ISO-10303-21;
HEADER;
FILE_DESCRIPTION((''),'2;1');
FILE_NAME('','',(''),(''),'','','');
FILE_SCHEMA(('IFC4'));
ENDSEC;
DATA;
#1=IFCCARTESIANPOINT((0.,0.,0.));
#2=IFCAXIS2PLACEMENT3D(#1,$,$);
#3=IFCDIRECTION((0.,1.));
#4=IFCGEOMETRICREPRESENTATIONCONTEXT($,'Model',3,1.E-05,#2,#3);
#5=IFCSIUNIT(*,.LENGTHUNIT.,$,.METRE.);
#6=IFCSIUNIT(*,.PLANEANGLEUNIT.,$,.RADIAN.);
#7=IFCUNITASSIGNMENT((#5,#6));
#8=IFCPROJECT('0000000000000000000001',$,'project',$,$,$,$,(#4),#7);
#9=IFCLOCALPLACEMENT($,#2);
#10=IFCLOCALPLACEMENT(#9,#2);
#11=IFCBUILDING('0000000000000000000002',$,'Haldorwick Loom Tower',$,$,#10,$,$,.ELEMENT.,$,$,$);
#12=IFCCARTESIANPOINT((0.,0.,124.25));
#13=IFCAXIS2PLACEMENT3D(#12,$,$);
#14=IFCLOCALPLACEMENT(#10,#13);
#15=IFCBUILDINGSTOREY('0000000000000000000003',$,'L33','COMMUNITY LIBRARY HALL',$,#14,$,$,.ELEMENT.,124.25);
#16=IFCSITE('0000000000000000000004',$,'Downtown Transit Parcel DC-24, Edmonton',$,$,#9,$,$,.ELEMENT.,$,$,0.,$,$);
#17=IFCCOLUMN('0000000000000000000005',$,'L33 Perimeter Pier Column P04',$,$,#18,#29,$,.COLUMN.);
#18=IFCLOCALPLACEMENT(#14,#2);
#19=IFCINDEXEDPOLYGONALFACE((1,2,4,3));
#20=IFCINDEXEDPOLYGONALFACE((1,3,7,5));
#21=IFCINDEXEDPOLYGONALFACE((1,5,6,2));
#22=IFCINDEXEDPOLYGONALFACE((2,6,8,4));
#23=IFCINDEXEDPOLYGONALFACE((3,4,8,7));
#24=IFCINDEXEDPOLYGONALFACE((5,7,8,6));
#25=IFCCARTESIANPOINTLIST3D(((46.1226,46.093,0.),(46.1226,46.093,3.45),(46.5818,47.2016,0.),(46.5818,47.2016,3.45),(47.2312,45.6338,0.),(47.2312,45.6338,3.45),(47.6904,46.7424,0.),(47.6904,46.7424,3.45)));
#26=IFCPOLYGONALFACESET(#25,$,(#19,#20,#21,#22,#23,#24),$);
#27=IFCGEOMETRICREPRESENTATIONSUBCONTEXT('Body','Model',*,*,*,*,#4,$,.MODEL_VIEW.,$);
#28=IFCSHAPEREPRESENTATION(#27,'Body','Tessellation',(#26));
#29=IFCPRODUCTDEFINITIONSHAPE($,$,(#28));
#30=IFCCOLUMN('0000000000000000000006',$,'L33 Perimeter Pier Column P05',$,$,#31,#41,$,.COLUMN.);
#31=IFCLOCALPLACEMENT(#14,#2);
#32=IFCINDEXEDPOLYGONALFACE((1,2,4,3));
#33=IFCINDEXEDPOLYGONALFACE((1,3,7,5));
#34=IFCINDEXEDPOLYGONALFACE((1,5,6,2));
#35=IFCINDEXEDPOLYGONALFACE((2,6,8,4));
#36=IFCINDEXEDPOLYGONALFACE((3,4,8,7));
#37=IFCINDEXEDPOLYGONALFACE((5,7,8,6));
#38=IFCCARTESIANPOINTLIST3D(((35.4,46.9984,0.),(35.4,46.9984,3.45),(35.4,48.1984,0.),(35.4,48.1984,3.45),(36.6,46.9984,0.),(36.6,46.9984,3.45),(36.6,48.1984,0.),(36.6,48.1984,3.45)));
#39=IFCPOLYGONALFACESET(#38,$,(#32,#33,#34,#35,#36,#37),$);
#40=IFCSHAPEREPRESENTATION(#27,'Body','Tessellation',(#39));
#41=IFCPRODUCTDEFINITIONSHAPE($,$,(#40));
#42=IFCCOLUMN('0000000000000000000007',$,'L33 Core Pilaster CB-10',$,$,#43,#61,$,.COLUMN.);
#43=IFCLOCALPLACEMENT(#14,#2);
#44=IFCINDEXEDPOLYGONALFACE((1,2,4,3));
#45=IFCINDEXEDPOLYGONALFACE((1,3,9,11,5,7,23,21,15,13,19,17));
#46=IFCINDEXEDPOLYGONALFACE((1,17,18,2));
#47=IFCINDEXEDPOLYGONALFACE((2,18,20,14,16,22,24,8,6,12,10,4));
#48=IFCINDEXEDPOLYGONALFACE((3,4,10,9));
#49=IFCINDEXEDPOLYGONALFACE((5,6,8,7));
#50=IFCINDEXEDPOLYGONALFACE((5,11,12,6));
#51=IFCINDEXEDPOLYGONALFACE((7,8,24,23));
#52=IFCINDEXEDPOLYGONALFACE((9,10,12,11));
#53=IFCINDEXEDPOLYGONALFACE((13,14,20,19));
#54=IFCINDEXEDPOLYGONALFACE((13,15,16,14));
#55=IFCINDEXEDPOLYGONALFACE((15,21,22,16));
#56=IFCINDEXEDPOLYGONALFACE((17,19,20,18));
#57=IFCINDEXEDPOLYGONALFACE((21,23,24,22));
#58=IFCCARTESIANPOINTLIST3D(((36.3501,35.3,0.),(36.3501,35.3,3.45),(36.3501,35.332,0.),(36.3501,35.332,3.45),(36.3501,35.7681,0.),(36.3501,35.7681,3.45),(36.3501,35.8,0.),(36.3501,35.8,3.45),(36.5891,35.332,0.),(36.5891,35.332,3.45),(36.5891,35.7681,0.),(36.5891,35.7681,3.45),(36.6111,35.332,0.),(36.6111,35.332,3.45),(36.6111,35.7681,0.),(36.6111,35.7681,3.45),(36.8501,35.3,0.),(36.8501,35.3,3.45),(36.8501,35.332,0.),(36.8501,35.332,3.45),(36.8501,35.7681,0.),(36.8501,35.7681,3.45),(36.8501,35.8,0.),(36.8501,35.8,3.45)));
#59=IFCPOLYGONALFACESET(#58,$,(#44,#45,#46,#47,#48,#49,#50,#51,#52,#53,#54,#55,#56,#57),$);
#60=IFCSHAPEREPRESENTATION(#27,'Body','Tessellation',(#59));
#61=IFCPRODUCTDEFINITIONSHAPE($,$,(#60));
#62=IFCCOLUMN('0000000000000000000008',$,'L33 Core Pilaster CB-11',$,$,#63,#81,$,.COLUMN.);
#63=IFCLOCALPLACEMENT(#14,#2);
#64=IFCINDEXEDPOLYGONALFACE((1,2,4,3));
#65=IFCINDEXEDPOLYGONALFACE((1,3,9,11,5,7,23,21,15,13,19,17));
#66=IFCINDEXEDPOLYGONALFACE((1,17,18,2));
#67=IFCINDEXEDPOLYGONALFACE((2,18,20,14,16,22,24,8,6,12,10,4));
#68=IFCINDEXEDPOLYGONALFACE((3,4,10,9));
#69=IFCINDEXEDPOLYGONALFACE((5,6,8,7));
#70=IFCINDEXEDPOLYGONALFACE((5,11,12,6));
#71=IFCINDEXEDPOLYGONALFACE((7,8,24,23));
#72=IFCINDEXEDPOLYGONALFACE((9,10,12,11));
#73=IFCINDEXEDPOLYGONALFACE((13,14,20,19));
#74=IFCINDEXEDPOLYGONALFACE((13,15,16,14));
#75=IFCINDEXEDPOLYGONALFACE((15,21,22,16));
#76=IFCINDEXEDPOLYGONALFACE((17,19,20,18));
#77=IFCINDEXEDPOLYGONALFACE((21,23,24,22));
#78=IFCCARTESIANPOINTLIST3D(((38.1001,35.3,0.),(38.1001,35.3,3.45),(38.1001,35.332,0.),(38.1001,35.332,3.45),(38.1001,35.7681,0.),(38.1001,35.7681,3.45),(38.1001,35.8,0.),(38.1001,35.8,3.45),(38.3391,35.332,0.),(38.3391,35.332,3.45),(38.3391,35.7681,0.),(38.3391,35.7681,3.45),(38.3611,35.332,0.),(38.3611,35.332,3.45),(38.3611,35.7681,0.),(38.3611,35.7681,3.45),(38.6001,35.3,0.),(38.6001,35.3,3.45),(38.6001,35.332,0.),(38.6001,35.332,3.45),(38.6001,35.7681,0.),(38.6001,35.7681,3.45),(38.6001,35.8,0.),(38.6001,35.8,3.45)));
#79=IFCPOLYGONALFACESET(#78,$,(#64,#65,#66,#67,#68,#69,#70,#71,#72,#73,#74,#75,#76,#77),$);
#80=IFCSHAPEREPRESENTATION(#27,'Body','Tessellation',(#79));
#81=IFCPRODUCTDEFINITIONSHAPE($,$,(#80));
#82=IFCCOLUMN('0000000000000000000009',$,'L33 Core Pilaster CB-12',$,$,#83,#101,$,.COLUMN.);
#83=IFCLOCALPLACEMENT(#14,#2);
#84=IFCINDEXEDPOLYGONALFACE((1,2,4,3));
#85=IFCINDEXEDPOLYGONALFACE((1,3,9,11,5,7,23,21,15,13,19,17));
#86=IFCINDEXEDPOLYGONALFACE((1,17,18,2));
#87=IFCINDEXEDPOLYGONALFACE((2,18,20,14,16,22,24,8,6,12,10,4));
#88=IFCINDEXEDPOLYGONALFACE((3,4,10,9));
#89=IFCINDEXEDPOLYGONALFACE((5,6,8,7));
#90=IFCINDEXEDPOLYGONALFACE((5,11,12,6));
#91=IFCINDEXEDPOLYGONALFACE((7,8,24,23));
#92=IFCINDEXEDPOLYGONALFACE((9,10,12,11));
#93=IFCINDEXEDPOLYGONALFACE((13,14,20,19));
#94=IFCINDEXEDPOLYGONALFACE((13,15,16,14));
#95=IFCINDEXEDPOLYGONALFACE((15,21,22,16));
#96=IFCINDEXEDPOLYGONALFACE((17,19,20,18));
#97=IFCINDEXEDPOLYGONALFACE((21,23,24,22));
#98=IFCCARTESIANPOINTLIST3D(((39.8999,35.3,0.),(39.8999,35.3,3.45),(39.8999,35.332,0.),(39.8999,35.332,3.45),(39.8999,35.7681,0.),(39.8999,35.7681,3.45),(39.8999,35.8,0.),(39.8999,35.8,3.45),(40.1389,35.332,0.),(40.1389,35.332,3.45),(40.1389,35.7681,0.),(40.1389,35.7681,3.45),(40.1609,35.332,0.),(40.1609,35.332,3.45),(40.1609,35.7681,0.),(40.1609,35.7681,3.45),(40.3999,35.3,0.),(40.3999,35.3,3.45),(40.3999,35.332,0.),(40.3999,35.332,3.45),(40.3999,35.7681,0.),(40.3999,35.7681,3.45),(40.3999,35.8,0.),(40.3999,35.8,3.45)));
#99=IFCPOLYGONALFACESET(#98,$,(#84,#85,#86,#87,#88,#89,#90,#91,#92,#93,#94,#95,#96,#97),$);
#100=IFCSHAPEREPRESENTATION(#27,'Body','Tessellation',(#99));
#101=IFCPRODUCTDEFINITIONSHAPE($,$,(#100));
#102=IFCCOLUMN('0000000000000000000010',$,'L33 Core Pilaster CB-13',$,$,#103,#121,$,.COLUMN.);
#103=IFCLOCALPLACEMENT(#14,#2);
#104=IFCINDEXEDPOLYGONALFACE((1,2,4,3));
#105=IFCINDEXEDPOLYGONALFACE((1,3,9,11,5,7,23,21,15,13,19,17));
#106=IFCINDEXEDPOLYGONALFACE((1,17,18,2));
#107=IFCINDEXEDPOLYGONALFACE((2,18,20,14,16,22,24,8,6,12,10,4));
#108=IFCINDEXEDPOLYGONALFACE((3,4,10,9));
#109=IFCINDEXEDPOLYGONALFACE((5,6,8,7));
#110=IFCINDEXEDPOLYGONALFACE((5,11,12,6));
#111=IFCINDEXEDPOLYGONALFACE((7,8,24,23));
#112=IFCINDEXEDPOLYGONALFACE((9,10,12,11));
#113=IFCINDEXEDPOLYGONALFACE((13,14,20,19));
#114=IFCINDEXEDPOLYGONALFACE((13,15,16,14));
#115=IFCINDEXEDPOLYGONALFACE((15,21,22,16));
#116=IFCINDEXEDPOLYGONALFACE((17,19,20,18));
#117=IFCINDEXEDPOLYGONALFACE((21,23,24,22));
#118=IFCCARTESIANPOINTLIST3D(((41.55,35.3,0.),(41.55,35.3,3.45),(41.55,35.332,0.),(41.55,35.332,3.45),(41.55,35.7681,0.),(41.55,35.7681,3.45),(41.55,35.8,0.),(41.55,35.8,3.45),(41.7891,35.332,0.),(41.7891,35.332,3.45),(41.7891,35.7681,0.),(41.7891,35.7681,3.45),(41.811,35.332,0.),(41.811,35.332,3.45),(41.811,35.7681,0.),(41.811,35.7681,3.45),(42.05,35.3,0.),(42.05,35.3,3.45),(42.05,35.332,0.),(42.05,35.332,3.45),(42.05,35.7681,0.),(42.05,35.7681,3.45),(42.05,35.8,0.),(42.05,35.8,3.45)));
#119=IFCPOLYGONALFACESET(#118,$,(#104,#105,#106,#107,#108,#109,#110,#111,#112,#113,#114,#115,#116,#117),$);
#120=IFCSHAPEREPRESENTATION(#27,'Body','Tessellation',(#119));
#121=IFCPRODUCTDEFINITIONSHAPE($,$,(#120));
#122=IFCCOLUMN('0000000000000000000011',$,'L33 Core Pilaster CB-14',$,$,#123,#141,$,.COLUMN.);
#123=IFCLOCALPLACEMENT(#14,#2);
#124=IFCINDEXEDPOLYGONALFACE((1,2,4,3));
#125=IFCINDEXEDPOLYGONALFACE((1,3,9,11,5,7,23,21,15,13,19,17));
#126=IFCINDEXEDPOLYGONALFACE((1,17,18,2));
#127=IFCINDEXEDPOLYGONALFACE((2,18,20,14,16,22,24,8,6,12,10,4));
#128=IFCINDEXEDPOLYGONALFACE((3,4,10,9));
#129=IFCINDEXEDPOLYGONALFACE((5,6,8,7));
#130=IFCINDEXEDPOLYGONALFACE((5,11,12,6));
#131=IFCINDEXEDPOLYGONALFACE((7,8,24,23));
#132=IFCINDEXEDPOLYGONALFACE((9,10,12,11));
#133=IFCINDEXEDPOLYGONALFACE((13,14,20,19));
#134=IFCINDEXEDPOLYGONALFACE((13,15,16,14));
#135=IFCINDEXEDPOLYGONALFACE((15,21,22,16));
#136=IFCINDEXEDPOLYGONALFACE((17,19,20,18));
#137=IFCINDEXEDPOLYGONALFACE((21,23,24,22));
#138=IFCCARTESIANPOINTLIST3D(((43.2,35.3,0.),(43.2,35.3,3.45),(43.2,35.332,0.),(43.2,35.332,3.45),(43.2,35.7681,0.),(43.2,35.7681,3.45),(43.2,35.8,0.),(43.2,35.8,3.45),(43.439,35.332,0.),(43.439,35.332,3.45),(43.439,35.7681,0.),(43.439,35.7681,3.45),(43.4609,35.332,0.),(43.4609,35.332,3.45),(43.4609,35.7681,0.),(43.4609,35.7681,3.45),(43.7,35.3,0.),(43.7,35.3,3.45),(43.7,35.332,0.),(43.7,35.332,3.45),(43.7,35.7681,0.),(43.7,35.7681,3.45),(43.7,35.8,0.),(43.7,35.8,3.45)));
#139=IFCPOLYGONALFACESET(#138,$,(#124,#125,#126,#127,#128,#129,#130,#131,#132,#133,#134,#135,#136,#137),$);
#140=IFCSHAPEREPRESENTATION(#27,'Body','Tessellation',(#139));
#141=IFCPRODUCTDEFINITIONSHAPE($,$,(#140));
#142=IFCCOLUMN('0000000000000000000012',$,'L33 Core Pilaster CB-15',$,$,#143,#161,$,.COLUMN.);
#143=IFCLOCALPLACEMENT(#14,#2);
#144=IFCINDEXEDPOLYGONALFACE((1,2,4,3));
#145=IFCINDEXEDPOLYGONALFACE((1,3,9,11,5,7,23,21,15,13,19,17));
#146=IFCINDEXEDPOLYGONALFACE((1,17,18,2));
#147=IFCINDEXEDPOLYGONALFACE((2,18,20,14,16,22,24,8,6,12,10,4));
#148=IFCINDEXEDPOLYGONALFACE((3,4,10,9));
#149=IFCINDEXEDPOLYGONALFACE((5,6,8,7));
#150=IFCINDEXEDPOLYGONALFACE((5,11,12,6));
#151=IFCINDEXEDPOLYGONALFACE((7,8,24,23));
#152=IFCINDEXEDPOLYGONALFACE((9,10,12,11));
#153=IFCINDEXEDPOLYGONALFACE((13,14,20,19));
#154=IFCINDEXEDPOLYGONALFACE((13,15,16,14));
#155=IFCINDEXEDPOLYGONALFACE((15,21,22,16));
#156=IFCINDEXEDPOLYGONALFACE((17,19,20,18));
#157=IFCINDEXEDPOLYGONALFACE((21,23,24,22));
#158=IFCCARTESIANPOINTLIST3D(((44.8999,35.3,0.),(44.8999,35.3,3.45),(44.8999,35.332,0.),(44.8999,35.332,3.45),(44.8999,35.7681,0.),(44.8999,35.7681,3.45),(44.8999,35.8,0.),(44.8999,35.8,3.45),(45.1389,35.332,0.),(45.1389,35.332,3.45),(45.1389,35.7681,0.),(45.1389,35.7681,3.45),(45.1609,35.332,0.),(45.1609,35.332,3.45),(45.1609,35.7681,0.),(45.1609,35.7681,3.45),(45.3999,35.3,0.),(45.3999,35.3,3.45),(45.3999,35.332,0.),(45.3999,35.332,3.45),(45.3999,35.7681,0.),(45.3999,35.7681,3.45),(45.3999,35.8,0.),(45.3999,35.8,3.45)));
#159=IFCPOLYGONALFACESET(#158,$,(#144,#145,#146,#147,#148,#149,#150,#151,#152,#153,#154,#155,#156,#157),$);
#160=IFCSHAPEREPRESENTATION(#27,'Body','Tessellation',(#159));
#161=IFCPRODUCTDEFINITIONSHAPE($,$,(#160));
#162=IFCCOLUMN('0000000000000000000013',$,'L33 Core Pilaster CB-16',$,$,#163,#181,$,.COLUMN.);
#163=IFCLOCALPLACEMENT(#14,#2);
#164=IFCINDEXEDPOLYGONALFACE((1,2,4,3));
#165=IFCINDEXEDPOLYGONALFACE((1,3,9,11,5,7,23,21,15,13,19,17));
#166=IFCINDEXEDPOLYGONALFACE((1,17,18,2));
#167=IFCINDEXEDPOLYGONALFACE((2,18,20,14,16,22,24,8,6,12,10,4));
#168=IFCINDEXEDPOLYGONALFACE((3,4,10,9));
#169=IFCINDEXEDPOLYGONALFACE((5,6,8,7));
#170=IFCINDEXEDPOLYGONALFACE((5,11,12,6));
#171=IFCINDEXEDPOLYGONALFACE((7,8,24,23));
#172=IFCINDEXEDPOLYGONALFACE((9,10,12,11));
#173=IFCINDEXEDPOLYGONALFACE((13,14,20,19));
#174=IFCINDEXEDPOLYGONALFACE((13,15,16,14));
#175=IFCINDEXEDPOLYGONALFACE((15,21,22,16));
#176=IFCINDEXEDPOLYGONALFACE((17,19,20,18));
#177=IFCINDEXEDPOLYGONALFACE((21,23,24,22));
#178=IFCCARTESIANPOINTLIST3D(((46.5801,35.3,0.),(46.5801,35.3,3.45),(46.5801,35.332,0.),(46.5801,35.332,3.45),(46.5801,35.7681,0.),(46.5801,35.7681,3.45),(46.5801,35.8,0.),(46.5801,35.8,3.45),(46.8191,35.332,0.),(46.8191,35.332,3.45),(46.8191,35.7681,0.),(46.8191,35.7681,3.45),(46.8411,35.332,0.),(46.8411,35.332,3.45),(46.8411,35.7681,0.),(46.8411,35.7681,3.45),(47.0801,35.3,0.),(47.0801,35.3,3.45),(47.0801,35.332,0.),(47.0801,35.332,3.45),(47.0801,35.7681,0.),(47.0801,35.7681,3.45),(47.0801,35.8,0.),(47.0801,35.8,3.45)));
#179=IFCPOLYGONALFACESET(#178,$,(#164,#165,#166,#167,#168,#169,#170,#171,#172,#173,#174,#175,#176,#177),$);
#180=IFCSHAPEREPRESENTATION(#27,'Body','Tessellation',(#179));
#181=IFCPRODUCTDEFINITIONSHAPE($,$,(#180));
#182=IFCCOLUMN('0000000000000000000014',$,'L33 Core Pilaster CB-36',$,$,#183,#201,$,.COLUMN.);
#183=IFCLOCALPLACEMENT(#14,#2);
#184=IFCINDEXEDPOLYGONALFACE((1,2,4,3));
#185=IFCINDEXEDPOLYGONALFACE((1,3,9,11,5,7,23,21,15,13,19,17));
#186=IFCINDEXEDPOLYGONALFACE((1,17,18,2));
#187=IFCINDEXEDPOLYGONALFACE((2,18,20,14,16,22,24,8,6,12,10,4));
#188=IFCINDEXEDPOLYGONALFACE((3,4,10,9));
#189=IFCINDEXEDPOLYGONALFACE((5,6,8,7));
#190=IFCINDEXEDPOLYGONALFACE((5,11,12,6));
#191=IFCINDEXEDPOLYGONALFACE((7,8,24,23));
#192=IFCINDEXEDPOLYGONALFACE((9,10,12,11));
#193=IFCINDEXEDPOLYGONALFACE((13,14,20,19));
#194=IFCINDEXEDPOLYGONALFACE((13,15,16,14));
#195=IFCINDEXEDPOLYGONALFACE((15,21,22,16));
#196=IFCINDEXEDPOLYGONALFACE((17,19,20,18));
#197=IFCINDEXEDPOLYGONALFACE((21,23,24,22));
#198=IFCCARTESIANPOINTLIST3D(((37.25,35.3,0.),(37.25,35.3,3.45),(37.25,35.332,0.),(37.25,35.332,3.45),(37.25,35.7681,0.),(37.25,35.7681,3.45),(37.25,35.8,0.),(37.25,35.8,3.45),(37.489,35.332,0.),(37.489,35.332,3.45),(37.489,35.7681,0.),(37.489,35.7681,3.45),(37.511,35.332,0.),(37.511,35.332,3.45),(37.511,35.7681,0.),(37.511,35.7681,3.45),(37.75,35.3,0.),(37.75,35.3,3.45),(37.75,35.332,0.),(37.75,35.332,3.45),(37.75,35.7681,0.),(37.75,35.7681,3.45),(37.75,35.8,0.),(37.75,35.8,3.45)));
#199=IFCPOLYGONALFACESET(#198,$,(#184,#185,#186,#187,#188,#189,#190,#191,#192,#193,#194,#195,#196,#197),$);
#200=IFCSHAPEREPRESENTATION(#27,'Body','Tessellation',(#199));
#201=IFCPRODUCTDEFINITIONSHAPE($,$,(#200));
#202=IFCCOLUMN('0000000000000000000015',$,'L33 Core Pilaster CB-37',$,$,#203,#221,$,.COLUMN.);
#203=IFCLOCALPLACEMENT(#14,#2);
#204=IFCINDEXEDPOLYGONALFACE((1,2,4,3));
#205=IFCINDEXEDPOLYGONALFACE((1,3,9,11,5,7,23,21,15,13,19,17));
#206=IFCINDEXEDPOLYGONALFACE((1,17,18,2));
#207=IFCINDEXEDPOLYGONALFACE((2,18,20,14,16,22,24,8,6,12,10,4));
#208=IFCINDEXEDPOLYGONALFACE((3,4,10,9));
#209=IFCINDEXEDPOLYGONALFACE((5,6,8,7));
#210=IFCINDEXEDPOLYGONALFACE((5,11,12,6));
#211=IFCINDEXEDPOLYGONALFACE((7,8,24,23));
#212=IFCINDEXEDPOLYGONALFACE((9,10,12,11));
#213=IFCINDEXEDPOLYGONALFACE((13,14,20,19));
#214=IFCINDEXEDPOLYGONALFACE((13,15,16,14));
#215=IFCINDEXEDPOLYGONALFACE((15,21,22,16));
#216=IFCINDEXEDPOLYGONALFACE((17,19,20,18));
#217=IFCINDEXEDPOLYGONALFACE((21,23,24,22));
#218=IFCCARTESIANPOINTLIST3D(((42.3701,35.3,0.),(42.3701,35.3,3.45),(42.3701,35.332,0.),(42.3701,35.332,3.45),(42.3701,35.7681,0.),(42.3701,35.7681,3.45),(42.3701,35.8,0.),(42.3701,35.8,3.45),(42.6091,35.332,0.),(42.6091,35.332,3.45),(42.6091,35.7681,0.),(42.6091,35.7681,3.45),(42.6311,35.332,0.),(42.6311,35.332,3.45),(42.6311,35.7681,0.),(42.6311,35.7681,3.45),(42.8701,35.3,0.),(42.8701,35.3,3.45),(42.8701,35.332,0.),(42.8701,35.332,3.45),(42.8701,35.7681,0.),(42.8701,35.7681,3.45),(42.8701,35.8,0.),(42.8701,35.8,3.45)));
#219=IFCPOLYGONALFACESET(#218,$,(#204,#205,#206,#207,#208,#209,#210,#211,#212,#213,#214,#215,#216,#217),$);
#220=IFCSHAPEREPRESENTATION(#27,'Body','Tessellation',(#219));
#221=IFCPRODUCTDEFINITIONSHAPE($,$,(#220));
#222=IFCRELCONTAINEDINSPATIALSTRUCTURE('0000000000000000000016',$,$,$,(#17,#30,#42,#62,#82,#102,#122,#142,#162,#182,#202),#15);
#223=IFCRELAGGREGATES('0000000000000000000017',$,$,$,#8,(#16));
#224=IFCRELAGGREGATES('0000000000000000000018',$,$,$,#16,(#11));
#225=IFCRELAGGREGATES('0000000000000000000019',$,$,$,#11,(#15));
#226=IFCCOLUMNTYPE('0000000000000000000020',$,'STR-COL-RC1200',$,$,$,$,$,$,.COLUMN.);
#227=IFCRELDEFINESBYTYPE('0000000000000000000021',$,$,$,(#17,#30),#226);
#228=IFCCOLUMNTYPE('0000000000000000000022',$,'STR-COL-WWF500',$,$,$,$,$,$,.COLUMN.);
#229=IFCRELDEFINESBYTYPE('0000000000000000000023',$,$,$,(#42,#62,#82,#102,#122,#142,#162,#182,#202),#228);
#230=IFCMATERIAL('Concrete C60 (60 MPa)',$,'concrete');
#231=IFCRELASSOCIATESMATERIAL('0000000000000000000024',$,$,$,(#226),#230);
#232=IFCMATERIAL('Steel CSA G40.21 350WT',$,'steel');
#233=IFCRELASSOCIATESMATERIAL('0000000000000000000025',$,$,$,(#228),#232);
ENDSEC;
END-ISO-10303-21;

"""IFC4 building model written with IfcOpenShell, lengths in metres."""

from ifc_helpers import new_model, si_unit, direction, frame, origin, origin_2d, place, context, subcontext, project, spatial, rectangle, i_section, extrude, material, material_profile, profile_set, type_object, element, save


model = new_model("IFC4")

# Units and contexts
model_context = context("Model", 3, precision=1e-05, world=origin(), true_north=direction((0.0, 1.0)))
body_context = subcontext(model_context, "Body", "Model", "MODEL_VIEW")
ifc_project = project(units=[si_unit("LENGTHUNIT", "METRE"), si_unit("PLANEANGLEUNIT", "RADIAN")], contexts=[model_context])

# Site, building, storey
site_placement = place(None, origin())
site = spatial("IfcSite", under=ifc_project, at=site_placement, Name="Downtown Transit Parcel DC-24, Edmonton", CompositionType="ELEMENT", RefElevation=0.0)
building_placement = place(site_placement, origin())
building = spatial("IfcBuilding", under=site, at=building_placement, Name="Haldorwick Loom Tower", CompositionType="ELEMENT")
storey_placement = place(building_placement, frame((0.0, 0.0, 124.25)))
storey = spatial("IfcBuildingStorey", under=building, at=storey_placement, Name="L33", Description="COMMUNITY LIBRARY HALL", CompositionType="ELEMENT", Elevation=124.25)

# Columns
ifc_material_1 = material(Name="Concrete C60 (60 MPa)", Category="concrete")
ifc_material_profile_1 = material_profile(ifc_material_1, rectangle(XDim=1.2, YDim=1.2, at=origin_2d()), Name="RC1200X1200", Category="concrete")
ifc_profile_set_1 = profile_set([ifc_material_profile_1], Name="Concrete C60 (60 MPa)")
column_type_1 = type_object("IfcColumnType", Name="STR-COL-RC1200", PredefinedType="COLUMN", material=ifc_profile_set_1)
for number, where, z_axis, x_axis, name in (
    (1, (46.9065, 46.4177, 0.0), (0.0, 0.0, 1.0), (0.382683, 0.92388, 0.0), "L33 Perimeter Pier Column P04"),
    (2, (36.0, 47.5984, 0.0), (0.0, 0.0, 1.0), (0.0, 1.0, 0.0), "L33 Perimeter Pier Column P05"),
):
    element("IfcColumn", number, at=place(storey_placement, frame(where, z_axis=z_axis, x_axis=x_axis)), inside=storey, type_object=column_type_1, Name=name, PredefinedType="COLUMN", context=body_context, shape_type="SweptSolid", body=[
        extrude(rectangle(XDim=1.2, YDim=1.2, at=origin_2d()), origin(), (0.0, 0.0, 1.0), 3.45),
    ])
ifc_material_2 = material(Name="Steel CSA G40.21 350WT", Category="steel")
ifc_material_profile_2 = material_profile(ifc_material_2, i_section(OverallWidth=0.5, OverallDepth=0.5, WebThickness=0.022, FlangeThickness=0.032, at=origin_2d()), Name="WWF500X500", Category="steel")
ifc_profile_set_2 = profile_set([ifc_material_profile_2], Name="Steel CSA G40.21 350WT")
column_type_2 = type_object("IfcColumnType", Name="STR-COL-WWF500", PredefinedType="COLUMN", material=ifc_profile_set_2)
for number, where, z_axis, x_axis, name in (
    (3, (36.6001, 35.55, 0.0), (0.0, 0.0, 1.0), (1.0, 0.0, 0.0), "L33 Core Pilaster CB-10"),
    (4, (38.3501, 35.55, 0.0), (0.0, 0.0, 1.0), (1.0, 0.0, 0.0), "L33 Core Pilaster CB-11"),
    (5, (40.1499, 35.55, 0.0), (0.0, 0.0, 1.0), (1.0, 0.0, 0.0), "L33 Core Pilaster CB-12"),
    (6, (41.8, 35.55, 0.0), (0.0, 0.0, 1.0), (1.0, 0.0, 0.0), "L33 Core Pilaster CB-13"),
    (7, (43.45, 35.55, 0.0), (0.0, 0.0, 1.0), (1.0, 0.0, 0.0), "L33 Core Pilaster CB-14"),
    (8, (45.1499, 35.55, 0.0), (0.0, 0.0, 1.0), (1.0, 0.0, 0.0), "L33 Core Pilaster CB-15"),
    (9, (46.8301, 35.55, 0.0), (0.0, 0.0, 1.0), (1.0, 0.0, 0.0), "L33 Core Pilaster CB-16"),
    (10, (37.5, 35.55, 0.0), (0.0, 0.0, 1.0), (1.0, 0.0, 0.0), "L33 Core Pilaster CB-36"),
    (11, (42.6201, 35.55, 0.0), (0.0, 0.0, 1.0), (1.0, 0.0, 0.0), "L33 Core Pilaster CB-37"),
):
    element("IfcColumn", number, at=place(storey_placement, frame(where, z_axis=z_axis, x_axis=x_axis)), inside=storey, type_object=column_type_2, Name=name, PredefinedType="COLUMN", context=body_context, shape_type="SweptSolid", body=[
        extrude(i_section(OverallWidth=0.5, OverallDepth=0.5, WebThickness=0.022, FlangeThickness=0.032, at=origin_2d()), origin(), (0.0, 0.0, 1.0), 3.45),
    ])

save(model, "model.ifc")
